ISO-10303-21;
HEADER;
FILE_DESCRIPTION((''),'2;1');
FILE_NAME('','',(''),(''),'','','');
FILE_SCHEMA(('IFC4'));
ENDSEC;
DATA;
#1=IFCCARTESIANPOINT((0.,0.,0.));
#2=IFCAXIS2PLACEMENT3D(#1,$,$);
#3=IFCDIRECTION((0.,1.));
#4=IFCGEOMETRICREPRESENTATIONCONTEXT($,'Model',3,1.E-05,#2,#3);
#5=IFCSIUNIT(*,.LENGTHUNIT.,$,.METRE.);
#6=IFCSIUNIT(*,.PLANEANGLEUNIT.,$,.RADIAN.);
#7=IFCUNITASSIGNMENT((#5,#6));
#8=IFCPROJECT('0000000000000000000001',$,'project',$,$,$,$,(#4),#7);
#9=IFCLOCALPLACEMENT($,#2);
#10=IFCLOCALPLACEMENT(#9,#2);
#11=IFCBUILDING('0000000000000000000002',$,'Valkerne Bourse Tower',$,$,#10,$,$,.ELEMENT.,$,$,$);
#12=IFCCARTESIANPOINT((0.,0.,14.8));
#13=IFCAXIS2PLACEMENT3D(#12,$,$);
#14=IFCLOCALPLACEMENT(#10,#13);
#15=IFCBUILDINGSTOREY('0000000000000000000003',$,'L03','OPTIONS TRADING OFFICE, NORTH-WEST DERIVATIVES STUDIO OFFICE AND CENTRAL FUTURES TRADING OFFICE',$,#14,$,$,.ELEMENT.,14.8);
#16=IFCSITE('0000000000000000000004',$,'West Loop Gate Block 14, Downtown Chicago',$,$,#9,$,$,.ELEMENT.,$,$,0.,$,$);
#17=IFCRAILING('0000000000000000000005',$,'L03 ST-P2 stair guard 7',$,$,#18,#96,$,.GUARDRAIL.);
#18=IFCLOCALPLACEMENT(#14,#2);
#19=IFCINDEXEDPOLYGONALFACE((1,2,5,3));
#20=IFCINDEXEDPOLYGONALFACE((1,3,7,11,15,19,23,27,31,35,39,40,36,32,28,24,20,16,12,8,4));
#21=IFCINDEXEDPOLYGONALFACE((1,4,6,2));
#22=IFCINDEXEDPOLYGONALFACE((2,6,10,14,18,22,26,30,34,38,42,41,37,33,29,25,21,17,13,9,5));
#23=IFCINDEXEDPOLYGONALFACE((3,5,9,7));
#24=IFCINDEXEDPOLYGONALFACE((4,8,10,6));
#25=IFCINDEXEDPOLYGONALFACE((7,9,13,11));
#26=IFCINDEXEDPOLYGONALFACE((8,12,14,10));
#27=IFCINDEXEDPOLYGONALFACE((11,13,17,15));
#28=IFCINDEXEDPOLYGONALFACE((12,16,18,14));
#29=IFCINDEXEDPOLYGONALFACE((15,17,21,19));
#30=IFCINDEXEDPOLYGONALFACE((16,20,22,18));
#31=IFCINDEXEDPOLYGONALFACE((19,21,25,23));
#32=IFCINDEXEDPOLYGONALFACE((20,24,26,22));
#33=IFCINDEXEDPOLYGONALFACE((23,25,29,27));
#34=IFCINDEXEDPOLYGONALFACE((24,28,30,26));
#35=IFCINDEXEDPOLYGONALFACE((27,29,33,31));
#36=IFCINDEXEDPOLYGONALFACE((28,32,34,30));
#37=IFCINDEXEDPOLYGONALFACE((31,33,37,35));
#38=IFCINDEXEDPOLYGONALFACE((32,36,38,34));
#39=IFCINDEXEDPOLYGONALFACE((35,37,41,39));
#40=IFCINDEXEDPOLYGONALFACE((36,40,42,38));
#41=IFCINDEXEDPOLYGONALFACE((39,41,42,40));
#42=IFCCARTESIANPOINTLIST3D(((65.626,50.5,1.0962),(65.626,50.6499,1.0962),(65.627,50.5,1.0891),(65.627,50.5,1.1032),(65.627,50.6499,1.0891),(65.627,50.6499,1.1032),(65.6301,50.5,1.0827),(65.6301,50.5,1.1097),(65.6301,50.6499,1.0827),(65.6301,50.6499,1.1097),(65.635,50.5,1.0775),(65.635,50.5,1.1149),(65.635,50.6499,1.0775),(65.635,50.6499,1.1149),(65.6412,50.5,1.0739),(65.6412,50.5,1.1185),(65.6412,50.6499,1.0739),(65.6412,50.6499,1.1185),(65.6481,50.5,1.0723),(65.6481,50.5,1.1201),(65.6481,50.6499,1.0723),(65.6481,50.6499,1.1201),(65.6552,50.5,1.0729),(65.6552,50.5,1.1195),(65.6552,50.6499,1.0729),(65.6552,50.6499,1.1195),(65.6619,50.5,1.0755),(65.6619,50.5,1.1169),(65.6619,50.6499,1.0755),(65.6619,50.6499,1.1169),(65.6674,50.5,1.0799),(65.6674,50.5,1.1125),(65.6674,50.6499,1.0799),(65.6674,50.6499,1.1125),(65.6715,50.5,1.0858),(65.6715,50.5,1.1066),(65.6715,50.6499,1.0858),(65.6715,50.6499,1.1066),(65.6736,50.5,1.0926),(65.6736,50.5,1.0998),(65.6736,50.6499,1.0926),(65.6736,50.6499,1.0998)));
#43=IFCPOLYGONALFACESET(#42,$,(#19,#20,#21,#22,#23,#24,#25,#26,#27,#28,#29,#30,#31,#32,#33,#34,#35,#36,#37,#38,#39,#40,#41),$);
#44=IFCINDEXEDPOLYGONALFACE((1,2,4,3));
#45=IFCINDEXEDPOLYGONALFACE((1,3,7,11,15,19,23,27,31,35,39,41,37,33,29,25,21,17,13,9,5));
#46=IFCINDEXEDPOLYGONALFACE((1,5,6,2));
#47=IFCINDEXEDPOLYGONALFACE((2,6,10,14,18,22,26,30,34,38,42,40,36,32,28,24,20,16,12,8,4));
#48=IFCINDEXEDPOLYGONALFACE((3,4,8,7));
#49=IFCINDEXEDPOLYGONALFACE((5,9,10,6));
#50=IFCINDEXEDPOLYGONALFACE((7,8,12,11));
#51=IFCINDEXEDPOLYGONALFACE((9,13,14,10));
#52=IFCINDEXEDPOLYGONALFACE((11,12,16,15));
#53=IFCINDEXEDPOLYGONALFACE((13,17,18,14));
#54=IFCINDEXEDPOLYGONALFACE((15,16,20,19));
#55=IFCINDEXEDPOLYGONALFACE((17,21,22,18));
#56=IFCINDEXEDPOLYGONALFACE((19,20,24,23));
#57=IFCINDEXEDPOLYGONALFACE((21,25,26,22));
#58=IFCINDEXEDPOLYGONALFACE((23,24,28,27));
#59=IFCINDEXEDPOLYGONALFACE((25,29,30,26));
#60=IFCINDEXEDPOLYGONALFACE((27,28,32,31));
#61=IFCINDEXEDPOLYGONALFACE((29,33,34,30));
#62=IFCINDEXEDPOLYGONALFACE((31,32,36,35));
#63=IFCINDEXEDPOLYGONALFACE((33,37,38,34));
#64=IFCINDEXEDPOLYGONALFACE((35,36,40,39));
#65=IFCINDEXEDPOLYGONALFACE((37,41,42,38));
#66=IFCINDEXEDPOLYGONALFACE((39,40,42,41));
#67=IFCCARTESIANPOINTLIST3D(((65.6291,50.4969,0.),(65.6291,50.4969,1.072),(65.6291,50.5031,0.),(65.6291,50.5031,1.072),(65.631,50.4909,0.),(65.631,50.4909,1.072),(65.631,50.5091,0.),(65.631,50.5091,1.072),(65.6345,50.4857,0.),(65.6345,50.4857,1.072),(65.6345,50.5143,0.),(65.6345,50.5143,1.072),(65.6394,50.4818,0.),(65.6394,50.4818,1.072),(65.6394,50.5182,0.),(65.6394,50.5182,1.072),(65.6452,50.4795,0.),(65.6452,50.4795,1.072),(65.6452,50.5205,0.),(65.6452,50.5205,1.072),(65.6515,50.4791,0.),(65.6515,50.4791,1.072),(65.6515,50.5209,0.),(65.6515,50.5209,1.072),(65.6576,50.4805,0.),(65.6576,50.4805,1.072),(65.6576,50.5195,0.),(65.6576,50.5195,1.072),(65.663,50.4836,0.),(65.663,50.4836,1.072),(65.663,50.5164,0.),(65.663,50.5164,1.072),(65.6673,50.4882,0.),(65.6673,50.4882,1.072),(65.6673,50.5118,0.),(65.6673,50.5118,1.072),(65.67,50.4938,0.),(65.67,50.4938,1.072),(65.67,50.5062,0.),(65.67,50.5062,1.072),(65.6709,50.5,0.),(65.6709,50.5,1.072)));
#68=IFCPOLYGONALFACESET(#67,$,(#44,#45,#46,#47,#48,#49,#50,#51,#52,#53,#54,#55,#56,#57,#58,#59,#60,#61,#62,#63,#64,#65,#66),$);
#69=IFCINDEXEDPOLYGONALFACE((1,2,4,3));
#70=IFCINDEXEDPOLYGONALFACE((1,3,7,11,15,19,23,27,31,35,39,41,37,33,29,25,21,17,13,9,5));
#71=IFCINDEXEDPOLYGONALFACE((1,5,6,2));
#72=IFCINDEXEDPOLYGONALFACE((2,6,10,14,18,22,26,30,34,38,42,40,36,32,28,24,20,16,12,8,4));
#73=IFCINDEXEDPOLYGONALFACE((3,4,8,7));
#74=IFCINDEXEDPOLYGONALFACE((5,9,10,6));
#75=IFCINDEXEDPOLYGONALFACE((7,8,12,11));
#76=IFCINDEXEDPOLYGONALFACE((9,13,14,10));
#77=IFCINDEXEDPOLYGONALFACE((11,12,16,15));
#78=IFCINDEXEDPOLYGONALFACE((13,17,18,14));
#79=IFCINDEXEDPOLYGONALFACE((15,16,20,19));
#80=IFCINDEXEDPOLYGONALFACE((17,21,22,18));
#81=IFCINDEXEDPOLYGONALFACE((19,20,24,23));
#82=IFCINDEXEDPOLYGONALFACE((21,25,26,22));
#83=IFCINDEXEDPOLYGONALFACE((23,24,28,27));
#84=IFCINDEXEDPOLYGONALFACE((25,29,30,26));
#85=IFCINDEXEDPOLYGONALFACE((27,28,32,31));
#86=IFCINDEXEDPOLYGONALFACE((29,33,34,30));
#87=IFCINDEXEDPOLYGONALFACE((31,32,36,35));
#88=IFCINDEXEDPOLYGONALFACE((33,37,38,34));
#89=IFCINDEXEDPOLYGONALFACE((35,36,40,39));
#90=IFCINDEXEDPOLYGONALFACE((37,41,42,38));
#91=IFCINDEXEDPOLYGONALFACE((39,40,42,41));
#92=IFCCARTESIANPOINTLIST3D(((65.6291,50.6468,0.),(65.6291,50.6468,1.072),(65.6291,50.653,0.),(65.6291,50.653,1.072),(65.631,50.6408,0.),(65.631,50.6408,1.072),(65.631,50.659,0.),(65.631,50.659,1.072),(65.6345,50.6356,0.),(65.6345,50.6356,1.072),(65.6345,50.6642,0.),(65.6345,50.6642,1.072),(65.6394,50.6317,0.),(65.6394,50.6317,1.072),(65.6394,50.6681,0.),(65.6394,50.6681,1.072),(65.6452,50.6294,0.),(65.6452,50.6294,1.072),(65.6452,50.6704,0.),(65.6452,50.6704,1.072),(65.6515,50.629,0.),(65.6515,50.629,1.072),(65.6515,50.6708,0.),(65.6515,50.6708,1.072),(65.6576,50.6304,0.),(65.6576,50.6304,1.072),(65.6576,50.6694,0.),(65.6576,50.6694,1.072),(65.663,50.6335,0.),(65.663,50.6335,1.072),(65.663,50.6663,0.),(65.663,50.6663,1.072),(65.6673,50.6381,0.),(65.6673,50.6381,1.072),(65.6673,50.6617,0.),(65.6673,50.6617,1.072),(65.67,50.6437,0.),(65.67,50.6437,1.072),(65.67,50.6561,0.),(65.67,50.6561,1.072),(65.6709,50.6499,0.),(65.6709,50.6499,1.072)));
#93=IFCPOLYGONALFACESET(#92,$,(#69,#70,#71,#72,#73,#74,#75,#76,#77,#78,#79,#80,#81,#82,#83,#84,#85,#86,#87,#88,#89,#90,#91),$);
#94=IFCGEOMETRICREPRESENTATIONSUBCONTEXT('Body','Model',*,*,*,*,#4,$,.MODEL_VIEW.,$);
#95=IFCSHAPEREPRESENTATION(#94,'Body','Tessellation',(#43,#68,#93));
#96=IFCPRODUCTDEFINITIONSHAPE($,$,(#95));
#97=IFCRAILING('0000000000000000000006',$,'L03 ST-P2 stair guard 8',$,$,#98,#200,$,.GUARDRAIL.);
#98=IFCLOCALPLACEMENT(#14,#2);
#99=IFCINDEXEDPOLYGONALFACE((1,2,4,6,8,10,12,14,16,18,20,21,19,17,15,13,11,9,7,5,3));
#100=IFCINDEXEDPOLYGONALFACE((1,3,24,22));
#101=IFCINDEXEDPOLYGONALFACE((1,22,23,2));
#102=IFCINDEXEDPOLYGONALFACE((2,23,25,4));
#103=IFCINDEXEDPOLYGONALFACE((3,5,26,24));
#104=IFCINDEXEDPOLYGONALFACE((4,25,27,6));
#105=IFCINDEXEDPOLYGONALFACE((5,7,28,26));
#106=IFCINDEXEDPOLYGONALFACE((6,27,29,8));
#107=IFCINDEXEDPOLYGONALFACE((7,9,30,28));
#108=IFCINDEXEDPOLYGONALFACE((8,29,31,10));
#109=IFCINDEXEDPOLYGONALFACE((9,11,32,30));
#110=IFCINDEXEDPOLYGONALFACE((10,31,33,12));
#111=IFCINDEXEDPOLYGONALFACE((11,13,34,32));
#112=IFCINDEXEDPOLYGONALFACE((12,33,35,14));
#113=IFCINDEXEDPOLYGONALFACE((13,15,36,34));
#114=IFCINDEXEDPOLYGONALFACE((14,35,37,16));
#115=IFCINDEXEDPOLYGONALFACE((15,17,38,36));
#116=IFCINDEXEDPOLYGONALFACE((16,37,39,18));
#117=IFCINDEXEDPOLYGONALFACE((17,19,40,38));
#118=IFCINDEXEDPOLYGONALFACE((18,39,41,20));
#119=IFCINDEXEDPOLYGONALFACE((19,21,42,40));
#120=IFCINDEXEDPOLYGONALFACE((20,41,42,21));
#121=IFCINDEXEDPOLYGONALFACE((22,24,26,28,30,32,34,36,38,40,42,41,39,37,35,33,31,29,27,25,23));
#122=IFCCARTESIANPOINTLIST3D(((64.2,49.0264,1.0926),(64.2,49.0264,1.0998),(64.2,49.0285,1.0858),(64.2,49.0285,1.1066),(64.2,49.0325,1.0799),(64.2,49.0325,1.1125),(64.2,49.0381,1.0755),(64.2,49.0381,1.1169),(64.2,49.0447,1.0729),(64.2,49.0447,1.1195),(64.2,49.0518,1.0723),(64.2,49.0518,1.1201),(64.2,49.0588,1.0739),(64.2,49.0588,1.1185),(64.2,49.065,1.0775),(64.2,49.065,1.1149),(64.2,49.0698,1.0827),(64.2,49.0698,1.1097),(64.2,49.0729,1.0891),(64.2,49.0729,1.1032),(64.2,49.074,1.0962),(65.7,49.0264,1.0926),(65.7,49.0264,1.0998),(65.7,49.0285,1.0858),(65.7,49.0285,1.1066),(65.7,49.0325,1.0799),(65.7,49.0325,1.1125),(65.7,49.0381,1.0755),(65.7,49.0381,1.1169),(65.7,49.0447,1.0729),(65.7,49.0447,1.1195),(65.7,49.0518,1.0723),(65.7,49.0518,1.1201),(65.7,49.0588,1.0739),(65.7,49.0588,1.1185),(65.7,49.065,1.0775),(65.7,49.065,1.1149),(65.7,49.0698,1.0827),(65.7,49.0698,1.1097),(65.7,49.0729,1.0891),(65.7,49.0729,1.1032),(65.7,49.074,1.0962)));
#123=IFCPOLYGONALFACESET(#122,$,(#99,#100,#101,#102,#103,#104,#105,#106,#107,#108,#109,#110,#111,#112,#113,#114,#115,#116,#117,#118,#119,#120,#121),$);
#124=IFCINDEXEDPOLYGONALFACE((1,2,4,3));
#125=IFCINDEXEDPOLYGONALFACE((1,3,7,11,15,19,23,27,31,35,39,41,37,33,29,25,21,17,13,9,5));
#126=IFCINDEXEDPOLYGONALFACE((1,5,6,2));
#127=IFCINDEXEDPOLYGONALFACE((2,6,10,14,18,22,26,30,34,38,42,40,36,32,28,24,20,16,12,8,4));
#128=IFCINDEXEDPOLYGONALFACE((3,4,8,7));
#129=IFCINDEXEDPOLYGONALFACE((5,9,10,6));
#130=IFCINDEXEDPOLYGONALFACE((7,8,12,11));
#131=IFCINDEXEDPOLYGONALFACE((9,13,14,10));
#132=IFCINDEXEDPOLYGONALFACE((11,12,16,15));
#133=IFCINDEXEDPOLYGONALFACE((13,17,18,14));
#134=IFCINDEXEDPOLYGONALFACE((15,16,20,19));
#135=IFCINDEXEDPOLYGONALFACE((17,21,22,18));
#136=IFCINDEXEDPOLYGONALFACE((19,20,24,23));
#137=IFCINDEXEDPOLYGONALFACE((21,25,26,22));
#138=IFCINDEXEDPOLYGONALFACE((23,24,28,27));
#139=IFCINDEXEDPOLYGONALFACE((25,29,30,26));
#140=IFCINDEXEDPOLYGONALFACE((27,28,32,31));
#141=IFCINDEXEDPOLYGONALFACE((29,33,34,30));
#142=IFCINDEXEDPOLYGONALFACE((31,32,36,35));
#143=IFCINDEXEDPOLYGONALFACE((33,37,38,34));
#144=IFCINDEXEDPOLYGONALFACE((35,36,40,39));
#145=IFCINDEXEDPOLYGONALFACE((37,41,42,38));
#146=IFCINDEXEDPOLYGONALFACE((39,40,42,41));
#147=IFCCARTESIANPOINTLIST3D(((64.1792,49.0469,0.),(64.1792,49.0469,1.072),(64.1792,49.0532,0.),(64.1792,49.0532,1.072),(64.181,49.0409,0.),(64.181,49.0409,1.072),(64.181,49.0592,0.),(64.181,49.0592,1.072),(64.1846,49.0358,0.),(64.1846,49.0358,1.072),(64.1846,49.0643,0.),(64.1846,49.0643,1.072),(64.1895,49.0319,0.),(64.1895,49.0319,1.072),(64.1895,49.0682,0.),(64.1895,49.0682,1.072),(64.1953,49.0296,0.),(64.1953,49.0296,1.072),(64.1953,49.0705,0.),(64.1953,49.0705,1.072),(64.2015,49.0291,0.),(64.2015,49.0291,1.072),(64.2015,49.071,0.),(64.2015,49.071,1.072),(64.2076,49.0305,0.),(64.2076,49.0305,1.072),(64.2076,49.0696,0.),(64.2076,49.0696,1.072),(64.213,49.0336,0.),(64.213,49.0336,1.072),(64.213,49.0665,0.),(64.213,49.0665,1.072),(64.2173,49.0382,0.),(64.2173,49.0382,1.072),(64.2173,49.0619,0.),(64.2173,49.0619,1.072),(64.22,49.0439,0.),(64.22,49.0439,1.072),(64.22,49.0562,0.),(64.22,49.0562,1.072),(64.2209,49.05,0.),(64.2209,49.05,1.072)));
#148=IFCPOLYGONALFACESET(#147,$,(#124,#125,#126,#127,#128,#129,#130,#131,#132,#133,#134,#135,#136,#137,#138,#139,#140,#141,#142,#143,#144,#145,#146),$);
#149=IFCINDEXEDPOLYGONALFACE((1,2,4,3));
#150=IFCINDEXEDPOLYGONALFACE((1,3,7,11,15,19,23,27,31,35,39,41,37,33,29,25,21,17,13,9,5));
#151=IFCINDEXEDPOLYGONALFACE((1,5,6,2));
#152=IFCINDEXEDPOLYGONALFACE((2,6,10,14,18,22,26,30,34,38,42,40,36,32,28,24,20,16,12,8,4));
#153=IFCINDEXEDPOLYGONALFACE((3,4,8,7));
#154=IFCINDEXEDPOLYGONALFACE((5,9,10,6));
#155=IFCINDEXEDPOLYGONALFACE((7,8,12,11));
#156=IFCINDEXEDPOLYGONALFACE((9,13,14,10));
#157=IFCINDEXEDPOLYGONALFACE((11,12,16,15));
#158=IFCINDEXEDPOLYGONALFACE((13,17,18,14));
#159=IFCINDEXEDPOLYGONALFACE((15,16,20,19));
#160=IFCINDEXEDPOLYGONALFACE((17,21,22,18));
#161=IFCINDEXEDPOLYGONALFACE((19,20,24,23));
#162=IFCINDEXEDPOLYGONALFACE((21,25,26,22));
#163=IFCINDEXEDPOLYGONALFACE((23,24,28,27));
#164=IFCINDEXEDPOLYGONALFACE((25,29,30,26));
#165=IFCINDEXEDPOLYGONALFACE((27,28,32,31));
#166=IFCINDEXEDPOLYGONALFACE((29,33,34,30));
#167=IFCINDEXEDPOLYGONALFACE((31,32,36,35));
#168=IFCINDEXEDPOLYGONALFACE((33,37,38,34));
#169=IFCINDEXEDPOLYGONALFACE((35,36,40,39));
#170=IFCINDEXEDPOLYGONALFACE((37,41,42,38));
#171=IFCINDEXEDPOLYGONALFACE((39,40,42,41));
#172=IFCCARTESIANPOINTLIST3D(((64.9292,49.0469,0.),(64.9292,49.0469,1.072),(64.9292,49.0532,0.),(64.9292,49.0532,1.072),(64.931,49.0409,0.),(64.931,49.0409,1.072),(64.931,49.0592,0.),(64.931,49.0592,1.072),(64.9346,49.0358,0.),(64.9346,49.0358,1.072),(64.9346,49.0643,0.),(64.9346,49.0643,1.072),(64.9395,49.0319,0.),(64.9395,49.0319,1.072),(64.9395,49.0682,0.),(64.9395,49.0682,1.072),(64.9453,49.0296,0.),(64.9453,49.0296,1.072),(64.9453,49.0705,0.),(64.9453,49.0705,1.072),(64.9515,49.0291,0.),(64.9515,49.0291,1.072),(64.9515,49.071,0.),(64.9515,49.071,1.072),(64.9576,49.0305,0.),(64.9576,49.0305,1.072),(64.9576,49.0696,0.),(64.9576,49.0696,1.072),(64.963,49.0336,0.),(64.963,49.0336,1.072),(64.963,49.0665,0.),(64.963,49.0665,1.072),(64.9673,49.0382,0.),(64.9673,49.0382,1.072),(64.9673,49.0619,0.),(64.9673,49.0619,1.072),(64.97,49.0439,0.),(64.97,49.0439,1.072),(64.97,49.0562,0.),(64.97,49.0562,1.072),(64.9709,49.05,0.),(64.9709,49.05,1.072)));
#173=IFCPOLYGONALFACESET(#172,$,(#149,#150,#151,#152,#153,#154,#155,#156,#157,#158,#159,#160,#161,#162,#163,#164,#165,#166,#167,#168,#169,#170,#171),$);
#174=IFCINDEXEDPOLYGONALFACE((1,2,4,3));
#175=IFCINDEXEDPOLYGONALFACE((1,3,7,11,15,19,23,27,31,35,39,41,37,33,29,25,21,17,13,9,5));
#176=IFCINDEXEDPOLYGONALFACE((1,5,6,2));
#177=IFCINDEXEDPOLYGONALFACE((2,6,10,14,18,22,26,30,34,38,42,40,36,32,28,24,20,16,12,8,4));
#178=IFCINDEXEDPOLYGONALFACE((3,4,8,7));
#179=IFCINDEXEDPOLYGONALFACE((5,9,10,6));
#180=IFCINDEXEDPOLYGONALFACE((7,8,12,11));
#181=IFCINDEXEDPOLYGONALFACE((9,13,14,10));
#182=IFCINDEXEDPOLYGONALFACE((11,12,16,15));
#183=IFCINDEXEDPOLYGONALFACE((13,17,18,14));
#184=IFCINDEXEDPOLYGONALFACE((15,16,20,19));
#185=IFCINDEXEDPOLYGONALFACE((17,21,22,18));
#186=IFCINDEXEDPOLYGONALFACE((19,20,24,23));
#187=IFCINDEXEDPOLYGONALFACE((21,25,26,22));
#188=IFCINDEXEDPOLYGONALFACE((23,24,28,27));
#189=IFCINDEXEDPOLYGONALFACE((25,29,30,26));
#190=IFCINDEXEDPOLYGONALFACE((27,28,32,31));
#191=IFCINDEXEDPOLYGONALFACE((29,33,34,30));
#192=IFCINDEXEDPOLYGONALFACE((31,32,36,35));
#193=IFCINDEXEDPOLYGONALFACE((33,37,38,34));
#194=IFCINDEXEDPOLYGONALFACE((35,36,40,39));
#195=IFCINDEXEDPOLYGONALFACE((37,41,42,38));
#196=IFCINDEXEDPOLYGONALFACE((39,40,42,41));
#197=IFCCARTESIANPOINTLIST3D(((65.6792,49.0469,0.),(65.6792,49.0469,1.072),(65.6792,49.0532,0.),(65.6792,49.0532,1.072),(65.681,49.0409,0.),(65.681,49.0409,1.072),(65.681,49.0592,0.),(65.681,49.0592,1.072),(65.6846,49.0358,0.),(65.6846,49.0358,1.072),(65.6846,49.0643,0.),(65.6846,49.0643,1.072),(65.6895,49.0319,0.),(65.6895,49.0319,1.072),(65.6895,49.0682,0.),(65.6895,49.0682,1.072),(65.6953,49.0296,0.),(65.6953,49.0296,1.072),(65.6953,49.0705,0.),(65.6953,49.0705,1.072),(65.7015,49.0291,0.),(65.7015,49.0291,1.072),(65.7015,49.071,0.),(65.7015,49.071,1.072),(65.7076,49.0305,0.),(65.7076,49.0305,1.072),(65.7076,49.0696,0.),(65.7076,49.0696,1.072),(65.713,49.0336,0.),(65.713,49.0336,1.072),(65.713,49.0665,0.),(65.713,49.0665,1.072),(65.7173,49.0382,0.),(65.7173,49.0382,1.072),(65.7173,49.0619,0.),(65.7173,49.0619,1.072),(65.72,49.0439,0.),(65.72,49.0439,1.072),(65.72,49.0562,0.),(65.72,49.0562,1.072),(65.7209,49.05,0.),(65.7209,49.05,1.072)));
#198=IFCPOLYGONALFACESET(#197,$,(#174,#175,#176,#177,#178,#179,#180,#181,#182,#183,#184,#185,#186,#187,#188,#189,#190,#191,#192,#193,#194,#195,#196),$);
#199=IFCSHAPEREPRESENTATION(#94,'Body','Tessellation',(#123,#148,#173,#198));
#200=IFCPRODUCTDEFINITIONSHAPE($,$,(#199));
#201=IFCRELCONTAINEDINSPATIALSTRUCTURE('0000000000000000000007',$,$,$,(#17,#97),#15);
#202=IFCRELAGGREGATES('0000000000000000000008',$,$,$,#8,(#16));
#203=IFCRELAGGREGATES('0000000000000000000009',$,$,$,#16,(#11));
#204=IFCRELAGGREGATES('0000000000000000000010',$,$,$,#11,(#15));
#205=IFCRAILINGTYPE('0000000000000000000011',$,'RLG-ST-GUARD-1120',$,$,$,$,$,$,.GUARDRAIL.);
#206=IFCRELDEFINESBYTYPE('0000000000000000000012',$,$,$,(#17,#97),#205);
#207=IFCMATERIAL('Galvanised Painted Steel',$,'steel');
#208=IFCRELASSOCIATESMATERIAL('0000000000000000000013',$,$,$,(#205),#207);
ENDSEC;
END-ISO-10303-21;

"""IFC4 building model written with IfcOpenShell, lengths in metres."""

from ifc_helpers import new_model, si_unit, direction, frame, origin, origin_2d, place, context, subcontext, project, spatial, circle, extrude, material, type_object, element, save


model = new_model("IFC4")

# Units and contexts
model_context = context("Model", 3, precision=1e-05, world=origin(), true_north=direction((0.0, 1.0)))
body_context = subcontext(model_context, "Body", "Model", "MODEL_VIEW")
ifc_project = project(units=[si_unit("LENGTHUNIT", "METRE"), si_unit("PLANEANGLEUNIT", "RADIAN")], contexts=[model_context])

# Site, building, storey
site_placement = place(None, origin())
site = spatial("IfcSite", under=ifc_project, at=site_placement, Name="West Loop Gate Block 14, Downtown Chicago", CompositionType="ELEMENT", RefElevation=0.0)
building_placement = place(site_placement, origin())
building = spatial("IfcBuilding", under=site, at=building_placement, Name="Valkerne Bourse Tower", CompositionType="ELEMENT")
storey_placement = place(building_placement, frame((0.0, 0.0, 14.8)))
storey = spatial("IfcBuildingStorey", under=building, at=storey_placement, Name="L03", Description="OPTIONS TRADING OFFICE, NORTH-WEST DERIVATIVES STUDIO OFFICE AND CENTRAL FUTURES TRADING OFFICE", CompositionType="ELEMENT", Elevation=14.8)

# Railings
ifc_material_1 = material(Name="Galvanised Painted Steel", Category="steel")
railing_type_1 = type_object("IfcRailingType", Name="RLG-ST-GUARD-1120", PredefinedType="GUARDRAIL", material=ifc_material_1)
railing_1_placement = place(storey_placement, frame((65.6499, 50.5, 0.0)))
element("IfcRailing", 1, at=railing_1_placement, inside=storey, type_object=railing_type_1, Name="L03 ST-P2 stair guard 7", PredefinedType="GUARDRAIL", context=body_context, shape_type="SweptSolid", body=[
    extrude(circle(Radius=0.0239, at=origin_2d()), frame((0.0, 0.0, 1.0962), z_axis=(0.0, 1.0, 0.0), x_axis=(-1.0, 0.0, 0.0)), (0.0, 0.0, 1.0), 0.1499),
    extrude(circle(Radius=0.021, at=origin_2d()), origin(), (0.0, 0.0, 1.0), 1.072),
    extrude(circle(Radius=0.021, at=origin_2d()), frame((0.0, 0.1499, 0.0)), (0.0, 0.0, 1.0), 1.072),
])
for number, where, name in (
    (2, (64.2, 49.05, 0.0), "L03 ST-P2 stair guard 8"),
):
    element("IfcRailing", number, at=place(storey_placement, frame(where)), inside=storey, type_object=railing_type_1, Name=name, PredefinedType="GUARDRAIL", context=body_context, shape_type="SweptSolid", body=[
        extrude(circle(Radius=0.0239, at=origin_2d()), frame((0.0, 0.0, 1.0962), z_axis=(1.0, 0.0, 0.0), x_axis=(0.0, 1.0, 0.0)), (0.0, 0.0, 1.0), 1.5),
        extrude(circle(Radius=0.021, at=origin_2d()), origin(), (0.0, 0.0, 1.0), 1.072),
        extrude(circle(Radius=0.021, at=origin_2d()), frame((0.75, 0.0, 0.0)), (0.0, 0.0, 1.0), 1.072),
        extrude(circle(Radius=0.021, at=origin_2d()), frame((1.5, 0.0, 0.0)), (0.0, 0.0, 1.0), 1.072),
    ])

save(model, "model.ifc")
